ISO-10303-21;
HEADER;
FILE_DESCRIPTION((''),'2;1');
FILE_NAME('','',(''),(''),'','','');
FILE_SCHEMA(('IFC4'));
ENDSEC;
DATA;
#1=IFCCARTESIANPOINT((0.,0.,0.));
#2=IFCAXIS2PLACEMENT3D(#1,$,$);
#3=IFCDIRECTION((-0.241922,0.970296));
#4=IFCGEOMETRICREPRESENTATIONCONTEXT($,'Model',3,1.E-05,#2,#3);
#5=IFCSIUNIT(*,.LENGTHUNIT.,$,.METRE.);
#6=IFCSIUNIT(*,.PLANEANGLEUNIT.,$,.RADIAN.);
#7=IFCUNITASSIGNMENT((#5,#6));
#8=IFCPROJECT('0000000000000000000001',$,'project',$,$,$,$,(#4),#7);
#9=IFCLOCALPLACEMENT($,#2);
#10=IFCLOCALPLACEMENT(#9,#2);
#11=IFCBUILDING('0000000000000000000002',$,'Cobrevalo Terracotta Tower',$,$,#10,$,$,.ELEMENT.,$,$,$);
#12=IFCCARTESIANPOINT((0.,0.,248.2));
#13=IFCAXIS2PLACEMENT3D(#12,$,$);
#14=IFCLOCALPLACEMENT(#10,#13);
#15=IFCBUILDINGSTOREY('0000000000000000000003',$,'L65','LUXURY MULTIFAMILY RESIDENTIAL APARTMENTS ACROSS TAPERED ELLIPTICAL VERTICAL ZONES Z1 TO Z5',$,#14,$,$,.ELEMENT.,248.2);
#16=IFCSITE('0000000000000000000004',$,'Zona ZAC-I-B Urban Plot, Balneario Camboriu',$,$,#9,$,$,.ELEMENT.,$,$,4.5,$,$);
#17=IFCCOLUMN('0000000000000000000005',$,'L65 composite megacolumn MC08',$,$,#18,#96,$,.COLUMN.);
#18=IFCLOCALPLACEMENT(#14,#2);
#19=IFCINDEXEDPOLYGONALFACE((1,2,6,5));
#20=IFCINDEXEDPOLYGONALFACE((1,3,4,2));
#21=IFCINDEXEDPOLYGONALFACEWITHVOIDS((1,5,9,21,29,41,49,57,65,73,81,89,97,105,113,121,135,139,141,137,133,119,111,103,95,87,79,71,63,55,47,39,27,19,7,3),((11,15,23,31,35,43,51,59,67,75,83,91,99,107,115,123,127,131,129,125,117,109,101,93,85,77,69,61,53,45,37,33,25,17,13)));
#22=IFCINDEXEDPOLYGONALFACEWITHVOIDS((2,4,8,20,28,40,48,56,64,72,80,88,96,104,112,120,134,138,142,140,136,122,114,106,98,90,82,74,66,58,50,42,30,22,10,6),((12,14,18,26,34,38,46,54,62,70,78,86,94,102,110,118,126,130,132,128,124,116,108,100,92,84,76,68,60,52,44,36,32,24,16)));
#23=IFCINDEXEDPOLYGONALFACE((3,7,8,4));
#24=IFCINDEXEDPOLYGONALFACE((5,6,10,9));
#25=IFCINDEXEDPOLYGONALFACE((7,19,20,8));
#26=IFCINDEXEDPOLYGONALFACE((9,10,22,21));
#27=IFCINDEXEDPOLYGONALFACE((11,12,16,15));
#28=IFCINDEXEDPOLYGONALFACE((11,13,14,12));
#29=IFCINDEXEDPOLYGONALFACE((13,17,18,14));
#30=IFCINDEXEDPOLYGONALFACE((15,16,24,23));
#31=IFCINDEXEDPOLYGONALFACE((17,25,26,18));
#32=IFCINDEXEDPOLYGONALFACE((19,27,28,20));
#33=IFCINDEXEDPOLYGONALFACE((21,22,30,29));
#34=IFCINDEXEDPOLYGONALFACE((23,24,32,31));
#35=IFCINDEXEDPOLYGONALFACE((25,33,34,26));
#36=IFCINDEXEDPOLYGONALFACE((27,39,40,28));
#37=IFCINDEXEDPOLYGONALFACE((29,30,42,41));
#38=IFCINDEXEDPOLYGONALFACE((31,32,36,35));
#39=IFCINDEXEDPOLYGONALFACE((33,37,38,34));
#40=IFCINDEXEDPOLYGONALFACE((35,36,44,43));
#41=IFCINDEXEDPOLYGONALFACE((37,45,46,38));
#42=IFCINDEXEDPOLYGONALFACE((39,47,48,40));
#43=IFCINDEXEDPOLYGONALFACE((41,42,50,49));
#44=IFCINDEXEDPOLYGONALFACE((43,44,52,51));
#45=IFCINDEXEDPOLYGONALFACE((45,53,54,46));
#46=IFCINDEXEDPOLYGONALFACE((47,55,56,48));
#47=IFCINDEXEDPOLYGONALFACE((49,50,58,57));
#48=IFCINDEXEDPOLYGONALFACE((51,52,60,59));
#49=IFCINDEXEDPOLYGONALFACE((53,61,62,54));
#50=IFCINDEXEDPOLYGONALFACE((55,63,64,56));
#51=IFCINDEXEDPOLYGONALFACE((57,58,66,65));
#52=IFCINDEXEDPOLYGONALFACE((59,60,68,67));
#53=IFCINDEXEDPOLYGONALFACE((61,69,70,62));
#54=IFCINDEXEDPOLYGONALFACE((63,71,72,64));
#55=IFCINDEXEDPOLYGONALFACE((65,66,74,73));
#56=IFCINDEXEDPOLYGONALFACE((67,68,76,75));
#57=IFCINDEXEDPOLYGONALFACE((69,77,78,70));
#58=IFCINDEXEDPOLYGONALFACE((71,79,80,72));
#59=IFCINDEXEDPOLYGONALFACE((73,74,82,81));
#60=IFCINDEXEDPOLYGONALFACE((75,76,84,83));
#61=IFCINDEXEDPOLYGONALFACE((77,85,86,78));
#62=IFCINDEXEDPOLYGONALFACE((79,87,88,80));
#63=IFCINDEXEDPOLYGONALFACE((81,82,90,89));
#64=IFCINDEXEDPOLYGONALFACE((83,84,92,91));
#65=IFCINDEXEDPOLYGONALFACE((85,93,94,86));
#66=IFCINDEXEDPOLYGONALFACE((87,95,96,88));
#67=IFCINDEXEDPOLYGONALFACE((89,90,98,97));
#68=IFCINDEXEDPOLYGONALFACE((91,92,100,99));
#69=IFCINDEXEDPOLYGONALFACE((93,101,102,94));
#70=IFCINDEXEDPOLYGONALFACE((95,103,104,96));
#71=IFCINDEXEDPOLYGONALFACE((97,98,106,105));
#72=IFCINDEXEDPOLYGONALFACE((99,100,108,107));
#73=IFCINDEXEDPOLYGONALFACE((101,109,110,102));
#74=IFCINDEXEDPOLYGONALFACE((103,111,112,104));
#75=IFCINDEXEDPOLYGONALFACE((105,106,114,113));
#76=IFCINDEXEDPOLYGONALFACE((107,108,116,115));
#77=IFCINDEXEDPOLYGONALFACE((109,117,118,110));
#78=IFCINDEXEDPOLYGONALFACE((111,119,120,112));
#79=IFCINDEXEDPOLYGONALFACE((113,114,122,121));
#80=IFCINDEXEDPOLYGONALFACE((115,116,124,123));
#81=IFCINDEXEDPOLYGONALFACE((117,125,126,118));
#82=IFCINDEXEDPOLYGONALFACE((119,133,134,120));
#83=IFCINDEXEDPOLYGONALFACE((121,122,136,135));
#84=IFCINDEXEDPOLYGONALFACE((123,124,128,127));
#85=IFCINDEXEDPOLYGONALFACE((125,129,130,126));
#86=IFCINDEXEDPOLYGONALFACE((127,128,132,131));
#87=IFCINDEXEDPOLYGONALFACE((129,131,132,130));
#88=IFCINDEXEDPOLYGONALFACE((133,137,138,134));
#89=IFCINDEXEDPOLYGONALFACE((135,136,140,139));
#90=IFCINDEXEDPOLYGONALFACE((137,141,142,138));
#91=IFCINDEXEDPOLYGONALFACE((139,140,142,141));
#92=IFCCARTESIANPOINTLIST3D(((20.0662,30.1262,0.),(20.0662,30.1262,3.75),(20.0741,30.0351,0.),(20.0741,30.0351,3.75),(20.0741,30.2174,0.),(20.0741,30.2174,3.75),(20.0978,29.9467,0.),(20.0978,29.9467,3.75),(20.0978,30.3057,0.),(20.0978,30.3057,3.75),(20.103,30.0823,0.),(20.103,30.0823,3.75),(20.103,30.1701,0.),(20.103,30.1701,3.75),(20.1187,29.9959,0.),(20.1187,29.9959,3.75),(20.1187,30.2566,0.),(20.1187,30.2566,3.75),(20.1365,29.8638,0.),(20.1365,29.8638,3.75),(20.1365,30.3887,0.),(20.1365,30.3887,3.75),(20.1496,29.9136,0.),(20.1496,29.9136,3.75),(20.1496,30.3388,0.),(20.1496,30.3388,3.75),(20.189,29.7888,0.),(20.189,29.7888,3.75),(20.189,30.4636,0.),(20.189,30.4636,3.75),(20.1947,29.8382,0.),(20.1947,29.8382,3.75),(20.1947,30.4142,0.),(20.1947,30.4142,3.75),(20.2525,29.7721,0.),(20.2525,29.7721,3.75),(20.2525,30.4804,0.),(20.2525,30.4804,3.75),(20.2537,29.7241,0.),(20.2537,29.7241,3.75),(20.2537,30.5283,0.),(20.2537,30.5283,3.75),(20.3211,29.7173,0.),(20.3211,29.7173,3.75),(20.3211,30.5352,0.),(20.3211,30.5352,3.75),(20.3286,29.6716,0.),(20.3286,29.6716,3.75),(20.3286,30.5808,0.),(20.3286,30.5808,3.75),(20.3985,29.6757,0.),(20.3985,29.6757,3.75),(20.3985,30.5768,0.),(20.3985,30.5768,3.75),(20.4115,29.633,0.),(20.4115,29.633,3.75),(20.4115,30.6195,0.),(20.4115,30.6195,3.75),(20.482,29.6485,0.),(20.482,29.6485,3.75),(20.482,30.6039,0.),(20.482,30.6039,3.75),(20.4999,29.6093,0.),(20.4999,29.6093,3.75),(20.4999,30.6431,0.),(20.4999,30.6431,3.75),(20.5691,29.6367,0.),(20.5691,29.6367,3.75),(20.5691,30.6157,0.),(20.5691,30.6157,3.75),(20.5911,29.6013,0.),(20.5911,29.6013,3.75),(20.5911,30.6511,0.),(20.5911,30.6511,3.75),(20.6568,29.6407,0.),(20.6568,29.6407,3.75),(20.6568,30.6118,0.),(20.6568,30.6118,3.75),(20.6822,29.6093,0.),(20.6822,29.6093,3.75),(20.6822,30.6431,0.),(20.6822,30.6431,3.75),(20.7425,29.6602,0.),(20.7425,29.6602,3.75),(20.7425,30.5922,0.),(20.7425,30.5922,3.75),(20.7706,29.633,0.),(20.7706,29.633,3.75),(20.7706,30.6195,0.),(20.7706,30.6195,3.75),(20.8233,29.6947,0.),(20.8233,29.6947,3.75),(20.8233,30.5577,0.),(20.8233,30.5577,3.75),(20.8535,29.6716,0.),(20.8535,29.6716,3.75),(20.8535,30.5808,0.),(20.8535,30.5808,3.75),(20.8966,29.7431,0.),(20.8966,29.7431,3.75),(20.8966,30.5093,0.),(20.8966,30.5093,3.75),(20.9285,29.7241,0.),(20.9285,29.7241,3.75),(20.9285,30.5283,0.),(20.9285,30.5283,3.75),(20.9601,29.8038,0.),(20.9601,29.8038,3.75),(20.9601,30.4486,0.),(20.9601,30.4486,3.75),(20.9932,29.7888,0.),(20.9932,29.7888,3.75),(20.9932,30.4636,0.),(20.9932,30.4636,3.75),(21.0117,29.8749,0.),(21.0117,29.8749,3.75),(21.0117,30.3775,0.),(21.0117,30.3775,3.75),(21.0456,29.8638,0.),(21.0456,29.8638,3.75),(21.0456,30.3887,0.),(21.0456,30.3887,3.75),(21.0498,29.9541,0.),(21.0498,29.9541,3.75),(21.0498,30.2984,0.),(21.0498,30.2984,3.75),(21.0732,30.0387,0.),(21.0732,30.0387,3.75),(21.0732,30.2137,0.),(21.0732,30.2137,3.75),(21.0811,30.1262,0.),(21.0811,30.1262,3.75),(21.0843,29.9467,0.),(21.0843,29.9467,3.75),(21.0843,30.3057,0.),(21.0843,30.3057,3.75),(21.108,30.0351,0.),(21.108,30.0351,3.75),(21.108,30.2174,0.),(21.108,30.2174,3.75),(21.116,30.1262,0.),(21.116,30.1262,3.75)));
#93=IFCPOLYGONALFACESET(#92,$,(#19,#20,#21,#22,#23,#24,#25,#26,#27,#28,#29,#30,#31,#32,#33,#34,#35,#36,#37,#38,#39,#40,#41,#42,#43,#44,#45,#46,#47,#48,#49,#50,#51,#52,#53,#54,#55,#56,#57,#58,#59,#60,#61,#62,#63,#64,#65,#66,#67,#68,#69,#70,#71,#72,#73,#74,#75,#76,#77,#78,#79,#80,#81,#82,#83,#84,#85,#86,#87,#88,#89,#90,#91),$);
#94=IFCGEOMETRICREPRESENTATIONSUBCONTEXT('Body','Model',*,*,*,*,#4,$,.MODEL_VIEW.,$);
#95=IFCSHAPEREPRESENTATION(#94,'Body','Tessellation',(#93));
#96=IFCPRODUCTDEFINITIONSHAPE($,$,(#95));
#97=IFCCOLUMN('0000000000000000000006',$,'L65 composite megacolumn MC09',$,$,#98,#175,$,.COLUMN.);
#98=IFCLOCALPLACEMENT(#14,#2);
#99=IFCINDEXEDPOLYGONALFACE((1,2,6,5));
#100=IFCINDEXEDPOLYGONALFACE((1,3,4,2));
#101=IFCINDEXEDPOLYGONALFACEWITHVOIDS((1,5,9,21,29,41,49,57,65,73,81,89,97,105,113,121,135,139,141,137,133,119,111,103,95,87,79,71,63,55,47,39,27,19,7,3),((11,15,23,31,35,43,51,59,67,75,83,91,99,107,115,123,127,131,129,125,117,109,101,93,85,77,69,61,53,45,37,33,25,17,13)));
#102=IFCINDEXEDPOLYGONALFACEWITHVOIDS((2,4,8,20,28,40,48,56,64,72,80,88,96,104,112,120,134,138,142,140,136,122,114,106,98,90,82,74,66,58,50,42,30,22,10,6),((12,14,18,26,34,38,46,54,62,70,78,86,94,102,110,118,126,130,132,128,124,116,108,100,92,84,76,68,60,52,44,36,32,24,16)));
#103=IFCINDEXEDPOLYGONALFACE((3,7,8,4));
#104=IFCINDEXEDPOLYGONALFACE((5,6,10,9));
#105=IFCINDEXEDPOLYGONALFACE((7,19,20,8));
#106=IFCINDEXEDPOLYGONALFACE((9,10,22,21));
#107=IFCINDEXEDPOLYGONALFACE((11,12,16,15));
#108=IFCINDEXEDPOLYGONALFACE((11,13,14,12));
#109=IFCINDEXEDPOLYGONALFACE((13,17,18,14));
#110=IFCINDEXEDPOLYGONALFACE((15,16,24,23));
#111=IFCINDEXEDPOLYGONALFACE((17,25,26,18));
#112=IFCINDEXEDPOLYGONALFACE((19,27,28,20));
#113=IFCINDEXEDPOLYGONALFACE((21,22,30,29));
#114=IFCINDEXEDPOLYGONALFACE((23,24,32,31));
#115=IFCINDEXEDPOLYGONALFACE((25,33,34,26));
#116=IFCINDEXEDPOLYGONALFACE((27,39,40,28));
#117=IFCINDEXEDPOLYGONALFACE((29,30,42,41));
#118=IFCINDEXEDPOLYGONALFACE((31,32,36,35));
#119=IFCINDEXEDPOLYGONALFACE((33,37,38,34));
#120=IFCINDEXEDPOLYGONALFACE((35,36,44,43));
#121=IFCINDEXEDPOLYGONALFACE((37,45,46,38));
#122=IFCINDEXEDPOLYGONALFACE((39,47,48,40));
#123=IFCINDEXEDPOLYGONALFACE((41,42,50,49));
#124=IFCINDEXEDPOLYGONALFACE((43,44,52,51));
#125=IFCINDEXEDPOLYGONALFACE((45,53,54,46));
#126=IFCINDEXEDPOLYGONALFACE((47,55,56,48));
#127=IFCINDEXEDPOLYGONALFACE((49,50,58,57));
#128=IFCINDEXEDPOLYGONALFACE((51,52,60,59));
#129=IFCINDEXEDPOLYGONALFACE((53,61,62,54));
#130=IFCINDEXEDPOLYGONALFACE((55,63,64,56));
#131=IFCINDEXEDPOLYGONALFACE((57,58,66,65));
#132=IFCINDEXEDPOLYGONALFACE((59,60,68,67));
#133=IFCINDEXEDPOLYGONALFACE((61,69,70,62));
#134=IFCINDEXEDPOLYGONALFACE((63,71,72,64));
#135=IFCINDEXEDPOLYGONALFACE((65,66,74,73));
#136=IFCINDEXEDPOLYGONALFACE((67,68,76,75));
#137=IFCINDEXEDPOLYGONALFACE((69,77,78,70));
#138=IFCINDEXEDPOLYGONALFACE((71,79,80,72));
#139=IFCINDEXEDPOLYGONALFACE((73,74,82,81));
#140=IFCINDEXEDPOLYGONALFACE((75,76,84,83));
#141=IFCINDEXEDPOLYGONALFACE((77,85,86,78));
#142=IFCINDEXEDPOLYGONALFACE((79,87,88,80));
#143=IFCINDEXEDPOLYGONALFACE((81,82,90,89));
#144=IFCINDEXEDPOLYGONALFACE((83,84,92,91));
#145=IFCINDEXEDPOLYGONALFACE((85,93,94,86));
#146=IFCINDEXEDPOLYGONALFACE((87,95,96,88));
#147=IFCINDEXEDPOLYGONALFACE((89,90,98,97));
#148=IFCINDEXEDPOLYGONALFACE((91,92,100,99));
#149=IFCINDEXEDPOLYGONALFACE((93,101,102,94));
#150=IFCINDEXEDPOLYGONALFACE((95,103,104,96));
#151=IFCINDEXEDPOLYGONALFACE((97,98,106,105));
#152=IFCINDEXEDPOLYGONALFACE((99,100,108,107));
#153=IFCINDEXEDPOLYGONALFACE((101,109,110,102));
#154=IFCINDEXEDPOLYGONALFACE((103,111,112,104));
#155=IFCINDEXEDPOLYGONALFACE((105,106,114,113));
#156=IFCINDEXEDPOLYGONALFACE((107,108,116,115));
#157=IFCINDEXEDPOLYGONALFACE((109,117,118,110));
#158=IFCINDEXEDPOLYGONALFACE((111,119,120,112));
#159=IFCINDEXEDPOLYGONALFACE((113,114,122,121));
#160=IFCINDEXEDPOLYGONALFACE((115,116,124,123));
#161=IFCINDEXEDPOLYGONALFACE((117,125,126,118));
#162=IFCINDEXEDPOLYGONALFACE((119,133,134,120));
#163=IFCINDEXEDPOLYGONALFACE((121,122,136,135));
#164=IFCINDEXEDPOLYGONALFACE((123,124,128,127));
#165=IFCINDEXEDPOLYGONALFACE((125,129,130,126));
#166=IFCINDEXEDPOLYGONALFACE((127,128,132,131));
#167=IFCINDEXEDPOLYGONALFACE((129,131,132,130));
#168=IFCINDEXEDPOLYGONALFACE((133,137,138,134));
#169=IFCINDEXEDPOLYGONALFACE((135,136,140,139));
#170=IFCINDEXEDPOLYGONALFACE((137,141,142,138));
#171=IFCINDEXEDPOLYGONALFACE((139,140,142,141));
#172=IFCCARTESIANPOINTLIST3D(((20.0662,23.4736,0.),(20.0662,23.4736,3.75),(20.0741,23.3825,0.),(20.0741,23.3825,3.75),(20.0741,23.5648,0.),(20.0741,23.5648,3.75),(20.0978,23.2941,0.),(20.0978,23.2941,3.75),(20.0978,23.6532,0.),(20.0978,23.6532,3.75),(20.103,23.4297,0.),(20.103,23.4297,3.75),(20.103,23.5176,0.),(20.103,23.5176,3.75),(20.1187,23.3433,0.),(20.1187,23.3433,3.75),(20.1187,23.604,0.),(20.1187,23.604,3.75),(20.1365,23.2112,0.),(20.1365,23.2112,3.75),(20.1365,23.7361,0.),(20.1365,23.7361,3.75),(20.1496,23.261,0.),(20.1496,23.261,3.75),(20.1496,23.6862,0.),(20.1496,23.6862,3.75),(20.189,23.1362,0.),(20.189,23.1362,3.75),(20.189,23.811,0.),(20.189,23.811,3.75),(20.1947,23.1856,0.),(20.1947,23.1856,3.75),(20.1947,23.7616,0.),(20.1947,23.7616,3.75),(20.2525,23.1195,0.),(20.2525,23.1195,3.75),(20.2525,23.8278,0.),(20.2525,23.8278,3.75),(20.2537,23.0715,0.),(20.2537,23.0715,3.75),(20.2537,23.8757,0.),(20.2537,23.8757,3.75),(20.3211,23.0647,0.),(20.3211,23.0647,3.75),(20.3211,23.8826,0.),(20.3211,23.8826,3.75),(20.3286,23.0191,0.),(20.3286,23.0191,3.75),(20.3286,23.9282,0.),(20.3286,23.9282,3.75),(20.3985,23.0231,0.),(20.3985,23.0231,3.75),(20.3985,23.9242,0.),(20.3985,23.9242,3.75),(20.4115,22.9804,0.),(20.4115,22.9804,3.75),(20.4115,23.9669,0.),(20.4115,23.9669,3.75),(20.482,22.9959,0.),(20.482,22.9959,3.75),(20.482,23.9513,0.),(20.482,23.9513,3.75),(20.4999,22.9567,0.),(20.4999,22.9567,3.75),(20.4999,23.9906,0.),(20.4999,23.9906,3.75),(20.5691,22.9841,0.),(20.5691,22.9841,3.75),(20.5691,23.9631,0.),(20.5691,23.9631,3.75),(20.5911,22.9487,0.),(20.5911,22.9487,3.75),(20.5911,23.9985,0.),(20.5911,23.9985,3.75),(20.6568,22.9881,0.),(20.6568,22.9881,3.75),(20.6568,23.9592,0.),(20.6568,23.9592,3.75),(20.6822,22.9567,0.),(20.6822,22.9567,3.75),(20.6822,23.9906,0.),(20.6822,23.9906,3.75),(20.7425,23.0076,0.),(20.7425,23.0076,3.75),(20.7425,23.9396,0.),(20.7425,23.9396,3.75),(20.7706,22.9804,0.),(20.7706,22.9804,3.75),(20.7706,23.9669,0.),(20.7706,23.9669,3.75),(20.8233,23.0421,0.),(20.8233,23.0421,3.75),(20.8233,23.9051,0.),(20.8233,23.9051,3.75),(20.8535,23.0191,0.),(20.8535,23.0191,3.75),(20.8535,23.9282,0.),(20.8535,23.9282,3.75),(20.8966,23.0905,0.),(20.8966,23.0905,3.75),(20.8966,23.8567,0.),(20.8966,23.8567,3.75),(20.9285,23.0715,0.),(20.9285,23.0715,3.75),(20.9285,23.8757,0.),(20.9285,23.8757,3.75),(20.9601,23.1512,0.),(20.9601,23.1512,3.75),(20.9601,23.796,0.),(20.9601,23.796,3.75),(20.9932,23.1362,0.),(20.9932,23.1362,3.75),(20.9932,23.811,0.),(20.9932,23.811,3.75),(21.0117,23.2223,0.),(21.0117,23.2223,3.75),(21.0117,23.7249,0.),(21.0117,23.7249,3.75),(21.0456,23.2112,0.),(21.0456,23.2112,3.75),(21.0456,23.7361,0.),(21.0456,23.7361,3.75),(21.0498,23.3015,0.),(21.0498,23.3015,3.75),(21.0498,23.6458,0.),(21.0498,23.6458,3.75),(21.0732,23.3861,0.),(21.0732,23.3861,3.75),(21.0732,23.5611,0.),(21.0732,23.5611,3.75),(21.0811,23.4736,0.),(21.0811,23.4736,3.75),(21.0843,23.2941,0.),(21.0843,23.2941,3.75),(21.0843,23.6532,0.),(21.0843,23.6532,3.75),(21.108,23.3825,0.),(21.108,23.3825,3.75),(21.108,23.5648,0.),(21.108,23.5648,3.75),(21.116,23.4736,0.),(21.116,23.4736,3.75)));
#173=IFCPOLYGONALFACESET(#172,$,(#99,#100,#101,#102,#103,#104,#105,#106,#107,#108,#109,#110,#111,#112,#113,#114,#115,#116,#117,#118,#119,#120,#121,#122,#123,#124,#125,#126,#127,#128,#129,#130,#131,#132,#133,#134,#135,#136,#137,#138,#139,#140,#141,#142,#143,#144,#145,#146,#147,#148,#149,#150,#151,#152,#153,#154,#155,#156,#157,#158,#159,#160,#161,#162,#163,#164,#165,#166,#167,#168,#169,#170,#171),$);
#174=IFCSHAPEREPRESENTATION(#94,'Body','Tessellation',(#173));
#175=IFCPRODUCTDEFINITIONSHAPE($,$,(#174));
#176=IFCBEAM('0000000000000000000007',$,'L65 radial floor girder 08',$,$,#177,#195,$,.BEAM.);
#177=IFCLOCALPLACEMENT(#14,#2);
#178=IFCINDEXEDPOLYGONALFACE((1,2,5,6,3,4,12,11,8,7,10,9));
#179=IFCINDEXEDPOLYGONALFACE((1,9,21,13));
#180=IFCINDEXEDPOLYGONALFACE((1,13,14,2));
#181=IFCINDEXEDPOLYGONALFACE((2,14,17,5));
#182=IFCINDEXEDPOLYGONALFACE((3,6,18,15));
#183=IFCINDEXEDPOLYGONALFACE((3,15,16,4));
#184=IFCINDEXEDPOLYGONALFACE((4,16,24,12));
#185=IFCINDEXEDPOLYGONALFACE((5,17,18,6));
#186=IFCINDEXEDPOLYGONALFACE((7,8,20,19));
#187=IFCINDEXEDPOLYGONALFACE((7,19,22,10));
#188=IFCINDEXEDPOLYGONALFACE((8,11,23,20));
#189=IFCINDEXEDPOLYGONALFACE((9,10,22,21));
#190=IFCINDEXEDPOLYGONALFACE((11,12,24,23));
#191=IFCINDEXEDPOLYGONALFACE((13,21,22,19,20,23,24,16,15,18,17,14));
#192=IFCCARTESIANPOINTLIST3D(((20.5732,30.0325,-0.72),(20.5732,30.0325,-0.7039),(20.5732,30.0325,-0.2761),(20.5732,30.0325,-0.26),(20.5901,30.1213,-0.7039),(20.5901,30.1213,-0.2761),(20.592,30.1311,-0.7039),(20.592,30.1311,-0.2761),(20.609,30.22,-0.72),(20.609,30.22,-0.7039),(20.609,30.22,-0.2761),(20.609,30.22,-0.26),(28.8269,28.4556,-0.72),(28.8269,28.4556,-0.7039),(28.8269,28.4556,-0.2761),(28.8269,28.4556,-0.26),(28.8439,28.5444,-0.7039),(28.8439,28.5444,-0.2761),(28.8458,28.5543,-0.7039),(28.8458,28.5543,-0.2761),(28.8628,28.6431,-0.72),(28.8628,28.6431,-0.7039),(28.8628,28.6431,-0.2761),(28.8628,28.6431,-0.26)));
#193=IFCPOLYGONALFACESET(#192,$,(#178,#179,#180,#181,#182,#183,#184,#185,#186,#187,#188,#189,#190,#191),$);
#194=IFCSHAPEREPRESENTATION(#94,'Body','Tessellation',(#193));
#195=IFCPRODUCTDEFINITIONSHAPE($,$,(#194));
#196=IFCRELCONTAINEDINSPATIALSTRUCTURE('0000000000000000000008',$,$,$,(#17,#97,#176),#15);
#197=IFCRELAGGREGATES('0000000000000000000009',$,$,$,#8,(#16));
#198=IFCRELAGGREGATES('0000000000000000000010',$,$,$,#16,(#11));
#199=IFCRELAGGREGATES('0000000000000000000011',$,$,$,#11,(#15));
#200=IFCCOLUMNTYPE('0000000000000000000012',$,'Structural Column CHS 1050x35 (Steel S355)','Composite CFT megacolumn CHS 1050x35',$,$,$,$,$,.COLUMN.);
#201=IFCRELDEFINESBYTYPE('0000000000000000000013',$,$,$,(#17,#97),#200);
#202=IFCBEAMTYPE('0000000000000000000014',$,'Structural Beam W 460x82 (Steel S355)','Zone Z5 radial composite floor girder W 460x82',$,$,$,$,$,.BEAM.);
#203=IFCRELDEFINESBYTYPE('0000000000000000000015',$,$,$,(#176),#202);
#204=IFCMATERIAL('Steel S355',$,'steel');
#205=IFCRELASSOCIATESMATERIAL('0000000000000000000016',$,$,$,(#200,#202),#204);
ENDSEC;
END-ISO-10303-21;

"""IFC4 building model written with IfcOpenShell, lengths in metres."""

from ifc_helpers import new_model, si_unit, direction, frame, origin, origin_2d, place, context, subcontext, project, spatial, hollow_circle, i_section, extrude, material, material_profile, profile_set, type_object, element, save


model = new_model("IFC4")

# Units and contexts
model_context = context("Model", 3, precision=1e-05, world=origin(), true_north=direction((-0.241922, 0.970296)))
body_context = subcontext(model_context, "Body", "Model", "MODEL_VIEW")
ifc_project = project(units=[si_unit("LENGTHUNIT", "METRE"), si_unit("PLANEANGLEUNIT", "RADIAN")], contexts=[model_context])

# Site, building, storey
site_placement = place(None, origin())
site = spatial("IfcSite", under=ifc_project, at=site_placement, Name="Zona ZAC-I-B Urban Plot, Balneario Camboriu", CompositionType="ELEMENT", RefElevation=4.5)
building_placement = place(site_placement, origin())
building = spatial("IfcBuilding", under=site, at=building_placement, Name="Cobrevalo Terracotta Tower", CompositionType="ELEMENT")
storey_placement = place(building_placement, frame((0.0, 0.0, 248.2)))
storey = spatial("IfcBuildingStorey", under=building, at=storey_placement, Name="L65", Description="LUXURY MULTIFAMILY RESIDENTIAL APARTMENTS ACROSS TAPERED ELLIPTICAL VERTICAL ZONES Z1 TO Z5", CompositionType="ELEMENT", Elevation=248.2)

# Columns
ifc_material_1 = material(Name="Steel S355", Category="steel")
ifc_material_profile_1 = material_profile(ifc_material_1, hollow_circle(Radius=0.5249, WallThickness=0.0349, at=origin_2d()), Name="CHS 1050x35")
ifc_profile_set_1 = profile_set([ifc_material_profile_1], Name="Steel S355")
column_type = type_object("IfcColumnType", Name="Structural Column CHS 1050x35 (Steel S355)", Description="Composite CFT megacolumn CHS 1050x35", PredefinedType="COLUMN", material=ifc_profile_set_1)
for number, where, z_axis, x_axis, name in (
    (1, (20.5911, 30.1262, 0.0), (0.0, 0.0, 1.0), (1.0, 0.0, 0.0), "L65 composite megacolumn MC08"),
    (2, (20.5911, 23.4736, 0.0), (0.0, 0.0, 1.0), (1.0, 0.0, 0.0), "L65 composite megacolumn MC09"),
):
    element("IfcColumn", number, at=place(storey_placement, frame(where, z_axis=z_axis, x_axis=x_axis)), inside=storey, type_object=column_type, Name=name, PredefinedType="COLUMN", context=body_context, shape_type="SweptSolid", body=[
        extrude(hollow_circle(Radius=0.5249, WallThickness=0.0349, at=origin_2d()), origin(), (0.0, 0.0, 1.0), 3.75),
    ])

# Beam
ifc_material_profile_2 = material_profile(ifc_material_1, i_section(OverallWidth=0.1909, OverallDepth=0.46, WebThickness=0.01, FlangeThickness=0.0161, at=origin_2d()), Name="W 460x82")
ifc_profile_set_2 = profile_set([ifc_material_profile_2], Name="Steel S355")
beam_type_1 = type_object("IfcBeamType", Name="Structural Beam W 460x82 (Steel S355)", Description="Zone Z5 radial composite floor girder W 460x82", PredefinedType="BEAM", material=ifc_profile_set_2)
beam_1_placement = place(storey_placement, frame((20.5911, 30.1262, -0.49), z_axis=(0.982235, -0.187655, 0.0), x_axis=(0.187655, 0.982235, 0.0)))
element("IfcBeam", 3, at=beam_1_placement, inside=storey, type_object=beam_type_1, Name="L65 radial floor girder 08", PredefinedType="BEAM", context=body_context, shape_type="SweptSolid", body=[
    extrude(i_section(OverallWidth=0.1909, OverallDepth=0.46, WebThickness=0.01, FlangeThickness=0.0161, at=origin_2d()), origin(), (0.0, 0.0, 1.0), 8.4031),
])

save(model, "model.ifc")
